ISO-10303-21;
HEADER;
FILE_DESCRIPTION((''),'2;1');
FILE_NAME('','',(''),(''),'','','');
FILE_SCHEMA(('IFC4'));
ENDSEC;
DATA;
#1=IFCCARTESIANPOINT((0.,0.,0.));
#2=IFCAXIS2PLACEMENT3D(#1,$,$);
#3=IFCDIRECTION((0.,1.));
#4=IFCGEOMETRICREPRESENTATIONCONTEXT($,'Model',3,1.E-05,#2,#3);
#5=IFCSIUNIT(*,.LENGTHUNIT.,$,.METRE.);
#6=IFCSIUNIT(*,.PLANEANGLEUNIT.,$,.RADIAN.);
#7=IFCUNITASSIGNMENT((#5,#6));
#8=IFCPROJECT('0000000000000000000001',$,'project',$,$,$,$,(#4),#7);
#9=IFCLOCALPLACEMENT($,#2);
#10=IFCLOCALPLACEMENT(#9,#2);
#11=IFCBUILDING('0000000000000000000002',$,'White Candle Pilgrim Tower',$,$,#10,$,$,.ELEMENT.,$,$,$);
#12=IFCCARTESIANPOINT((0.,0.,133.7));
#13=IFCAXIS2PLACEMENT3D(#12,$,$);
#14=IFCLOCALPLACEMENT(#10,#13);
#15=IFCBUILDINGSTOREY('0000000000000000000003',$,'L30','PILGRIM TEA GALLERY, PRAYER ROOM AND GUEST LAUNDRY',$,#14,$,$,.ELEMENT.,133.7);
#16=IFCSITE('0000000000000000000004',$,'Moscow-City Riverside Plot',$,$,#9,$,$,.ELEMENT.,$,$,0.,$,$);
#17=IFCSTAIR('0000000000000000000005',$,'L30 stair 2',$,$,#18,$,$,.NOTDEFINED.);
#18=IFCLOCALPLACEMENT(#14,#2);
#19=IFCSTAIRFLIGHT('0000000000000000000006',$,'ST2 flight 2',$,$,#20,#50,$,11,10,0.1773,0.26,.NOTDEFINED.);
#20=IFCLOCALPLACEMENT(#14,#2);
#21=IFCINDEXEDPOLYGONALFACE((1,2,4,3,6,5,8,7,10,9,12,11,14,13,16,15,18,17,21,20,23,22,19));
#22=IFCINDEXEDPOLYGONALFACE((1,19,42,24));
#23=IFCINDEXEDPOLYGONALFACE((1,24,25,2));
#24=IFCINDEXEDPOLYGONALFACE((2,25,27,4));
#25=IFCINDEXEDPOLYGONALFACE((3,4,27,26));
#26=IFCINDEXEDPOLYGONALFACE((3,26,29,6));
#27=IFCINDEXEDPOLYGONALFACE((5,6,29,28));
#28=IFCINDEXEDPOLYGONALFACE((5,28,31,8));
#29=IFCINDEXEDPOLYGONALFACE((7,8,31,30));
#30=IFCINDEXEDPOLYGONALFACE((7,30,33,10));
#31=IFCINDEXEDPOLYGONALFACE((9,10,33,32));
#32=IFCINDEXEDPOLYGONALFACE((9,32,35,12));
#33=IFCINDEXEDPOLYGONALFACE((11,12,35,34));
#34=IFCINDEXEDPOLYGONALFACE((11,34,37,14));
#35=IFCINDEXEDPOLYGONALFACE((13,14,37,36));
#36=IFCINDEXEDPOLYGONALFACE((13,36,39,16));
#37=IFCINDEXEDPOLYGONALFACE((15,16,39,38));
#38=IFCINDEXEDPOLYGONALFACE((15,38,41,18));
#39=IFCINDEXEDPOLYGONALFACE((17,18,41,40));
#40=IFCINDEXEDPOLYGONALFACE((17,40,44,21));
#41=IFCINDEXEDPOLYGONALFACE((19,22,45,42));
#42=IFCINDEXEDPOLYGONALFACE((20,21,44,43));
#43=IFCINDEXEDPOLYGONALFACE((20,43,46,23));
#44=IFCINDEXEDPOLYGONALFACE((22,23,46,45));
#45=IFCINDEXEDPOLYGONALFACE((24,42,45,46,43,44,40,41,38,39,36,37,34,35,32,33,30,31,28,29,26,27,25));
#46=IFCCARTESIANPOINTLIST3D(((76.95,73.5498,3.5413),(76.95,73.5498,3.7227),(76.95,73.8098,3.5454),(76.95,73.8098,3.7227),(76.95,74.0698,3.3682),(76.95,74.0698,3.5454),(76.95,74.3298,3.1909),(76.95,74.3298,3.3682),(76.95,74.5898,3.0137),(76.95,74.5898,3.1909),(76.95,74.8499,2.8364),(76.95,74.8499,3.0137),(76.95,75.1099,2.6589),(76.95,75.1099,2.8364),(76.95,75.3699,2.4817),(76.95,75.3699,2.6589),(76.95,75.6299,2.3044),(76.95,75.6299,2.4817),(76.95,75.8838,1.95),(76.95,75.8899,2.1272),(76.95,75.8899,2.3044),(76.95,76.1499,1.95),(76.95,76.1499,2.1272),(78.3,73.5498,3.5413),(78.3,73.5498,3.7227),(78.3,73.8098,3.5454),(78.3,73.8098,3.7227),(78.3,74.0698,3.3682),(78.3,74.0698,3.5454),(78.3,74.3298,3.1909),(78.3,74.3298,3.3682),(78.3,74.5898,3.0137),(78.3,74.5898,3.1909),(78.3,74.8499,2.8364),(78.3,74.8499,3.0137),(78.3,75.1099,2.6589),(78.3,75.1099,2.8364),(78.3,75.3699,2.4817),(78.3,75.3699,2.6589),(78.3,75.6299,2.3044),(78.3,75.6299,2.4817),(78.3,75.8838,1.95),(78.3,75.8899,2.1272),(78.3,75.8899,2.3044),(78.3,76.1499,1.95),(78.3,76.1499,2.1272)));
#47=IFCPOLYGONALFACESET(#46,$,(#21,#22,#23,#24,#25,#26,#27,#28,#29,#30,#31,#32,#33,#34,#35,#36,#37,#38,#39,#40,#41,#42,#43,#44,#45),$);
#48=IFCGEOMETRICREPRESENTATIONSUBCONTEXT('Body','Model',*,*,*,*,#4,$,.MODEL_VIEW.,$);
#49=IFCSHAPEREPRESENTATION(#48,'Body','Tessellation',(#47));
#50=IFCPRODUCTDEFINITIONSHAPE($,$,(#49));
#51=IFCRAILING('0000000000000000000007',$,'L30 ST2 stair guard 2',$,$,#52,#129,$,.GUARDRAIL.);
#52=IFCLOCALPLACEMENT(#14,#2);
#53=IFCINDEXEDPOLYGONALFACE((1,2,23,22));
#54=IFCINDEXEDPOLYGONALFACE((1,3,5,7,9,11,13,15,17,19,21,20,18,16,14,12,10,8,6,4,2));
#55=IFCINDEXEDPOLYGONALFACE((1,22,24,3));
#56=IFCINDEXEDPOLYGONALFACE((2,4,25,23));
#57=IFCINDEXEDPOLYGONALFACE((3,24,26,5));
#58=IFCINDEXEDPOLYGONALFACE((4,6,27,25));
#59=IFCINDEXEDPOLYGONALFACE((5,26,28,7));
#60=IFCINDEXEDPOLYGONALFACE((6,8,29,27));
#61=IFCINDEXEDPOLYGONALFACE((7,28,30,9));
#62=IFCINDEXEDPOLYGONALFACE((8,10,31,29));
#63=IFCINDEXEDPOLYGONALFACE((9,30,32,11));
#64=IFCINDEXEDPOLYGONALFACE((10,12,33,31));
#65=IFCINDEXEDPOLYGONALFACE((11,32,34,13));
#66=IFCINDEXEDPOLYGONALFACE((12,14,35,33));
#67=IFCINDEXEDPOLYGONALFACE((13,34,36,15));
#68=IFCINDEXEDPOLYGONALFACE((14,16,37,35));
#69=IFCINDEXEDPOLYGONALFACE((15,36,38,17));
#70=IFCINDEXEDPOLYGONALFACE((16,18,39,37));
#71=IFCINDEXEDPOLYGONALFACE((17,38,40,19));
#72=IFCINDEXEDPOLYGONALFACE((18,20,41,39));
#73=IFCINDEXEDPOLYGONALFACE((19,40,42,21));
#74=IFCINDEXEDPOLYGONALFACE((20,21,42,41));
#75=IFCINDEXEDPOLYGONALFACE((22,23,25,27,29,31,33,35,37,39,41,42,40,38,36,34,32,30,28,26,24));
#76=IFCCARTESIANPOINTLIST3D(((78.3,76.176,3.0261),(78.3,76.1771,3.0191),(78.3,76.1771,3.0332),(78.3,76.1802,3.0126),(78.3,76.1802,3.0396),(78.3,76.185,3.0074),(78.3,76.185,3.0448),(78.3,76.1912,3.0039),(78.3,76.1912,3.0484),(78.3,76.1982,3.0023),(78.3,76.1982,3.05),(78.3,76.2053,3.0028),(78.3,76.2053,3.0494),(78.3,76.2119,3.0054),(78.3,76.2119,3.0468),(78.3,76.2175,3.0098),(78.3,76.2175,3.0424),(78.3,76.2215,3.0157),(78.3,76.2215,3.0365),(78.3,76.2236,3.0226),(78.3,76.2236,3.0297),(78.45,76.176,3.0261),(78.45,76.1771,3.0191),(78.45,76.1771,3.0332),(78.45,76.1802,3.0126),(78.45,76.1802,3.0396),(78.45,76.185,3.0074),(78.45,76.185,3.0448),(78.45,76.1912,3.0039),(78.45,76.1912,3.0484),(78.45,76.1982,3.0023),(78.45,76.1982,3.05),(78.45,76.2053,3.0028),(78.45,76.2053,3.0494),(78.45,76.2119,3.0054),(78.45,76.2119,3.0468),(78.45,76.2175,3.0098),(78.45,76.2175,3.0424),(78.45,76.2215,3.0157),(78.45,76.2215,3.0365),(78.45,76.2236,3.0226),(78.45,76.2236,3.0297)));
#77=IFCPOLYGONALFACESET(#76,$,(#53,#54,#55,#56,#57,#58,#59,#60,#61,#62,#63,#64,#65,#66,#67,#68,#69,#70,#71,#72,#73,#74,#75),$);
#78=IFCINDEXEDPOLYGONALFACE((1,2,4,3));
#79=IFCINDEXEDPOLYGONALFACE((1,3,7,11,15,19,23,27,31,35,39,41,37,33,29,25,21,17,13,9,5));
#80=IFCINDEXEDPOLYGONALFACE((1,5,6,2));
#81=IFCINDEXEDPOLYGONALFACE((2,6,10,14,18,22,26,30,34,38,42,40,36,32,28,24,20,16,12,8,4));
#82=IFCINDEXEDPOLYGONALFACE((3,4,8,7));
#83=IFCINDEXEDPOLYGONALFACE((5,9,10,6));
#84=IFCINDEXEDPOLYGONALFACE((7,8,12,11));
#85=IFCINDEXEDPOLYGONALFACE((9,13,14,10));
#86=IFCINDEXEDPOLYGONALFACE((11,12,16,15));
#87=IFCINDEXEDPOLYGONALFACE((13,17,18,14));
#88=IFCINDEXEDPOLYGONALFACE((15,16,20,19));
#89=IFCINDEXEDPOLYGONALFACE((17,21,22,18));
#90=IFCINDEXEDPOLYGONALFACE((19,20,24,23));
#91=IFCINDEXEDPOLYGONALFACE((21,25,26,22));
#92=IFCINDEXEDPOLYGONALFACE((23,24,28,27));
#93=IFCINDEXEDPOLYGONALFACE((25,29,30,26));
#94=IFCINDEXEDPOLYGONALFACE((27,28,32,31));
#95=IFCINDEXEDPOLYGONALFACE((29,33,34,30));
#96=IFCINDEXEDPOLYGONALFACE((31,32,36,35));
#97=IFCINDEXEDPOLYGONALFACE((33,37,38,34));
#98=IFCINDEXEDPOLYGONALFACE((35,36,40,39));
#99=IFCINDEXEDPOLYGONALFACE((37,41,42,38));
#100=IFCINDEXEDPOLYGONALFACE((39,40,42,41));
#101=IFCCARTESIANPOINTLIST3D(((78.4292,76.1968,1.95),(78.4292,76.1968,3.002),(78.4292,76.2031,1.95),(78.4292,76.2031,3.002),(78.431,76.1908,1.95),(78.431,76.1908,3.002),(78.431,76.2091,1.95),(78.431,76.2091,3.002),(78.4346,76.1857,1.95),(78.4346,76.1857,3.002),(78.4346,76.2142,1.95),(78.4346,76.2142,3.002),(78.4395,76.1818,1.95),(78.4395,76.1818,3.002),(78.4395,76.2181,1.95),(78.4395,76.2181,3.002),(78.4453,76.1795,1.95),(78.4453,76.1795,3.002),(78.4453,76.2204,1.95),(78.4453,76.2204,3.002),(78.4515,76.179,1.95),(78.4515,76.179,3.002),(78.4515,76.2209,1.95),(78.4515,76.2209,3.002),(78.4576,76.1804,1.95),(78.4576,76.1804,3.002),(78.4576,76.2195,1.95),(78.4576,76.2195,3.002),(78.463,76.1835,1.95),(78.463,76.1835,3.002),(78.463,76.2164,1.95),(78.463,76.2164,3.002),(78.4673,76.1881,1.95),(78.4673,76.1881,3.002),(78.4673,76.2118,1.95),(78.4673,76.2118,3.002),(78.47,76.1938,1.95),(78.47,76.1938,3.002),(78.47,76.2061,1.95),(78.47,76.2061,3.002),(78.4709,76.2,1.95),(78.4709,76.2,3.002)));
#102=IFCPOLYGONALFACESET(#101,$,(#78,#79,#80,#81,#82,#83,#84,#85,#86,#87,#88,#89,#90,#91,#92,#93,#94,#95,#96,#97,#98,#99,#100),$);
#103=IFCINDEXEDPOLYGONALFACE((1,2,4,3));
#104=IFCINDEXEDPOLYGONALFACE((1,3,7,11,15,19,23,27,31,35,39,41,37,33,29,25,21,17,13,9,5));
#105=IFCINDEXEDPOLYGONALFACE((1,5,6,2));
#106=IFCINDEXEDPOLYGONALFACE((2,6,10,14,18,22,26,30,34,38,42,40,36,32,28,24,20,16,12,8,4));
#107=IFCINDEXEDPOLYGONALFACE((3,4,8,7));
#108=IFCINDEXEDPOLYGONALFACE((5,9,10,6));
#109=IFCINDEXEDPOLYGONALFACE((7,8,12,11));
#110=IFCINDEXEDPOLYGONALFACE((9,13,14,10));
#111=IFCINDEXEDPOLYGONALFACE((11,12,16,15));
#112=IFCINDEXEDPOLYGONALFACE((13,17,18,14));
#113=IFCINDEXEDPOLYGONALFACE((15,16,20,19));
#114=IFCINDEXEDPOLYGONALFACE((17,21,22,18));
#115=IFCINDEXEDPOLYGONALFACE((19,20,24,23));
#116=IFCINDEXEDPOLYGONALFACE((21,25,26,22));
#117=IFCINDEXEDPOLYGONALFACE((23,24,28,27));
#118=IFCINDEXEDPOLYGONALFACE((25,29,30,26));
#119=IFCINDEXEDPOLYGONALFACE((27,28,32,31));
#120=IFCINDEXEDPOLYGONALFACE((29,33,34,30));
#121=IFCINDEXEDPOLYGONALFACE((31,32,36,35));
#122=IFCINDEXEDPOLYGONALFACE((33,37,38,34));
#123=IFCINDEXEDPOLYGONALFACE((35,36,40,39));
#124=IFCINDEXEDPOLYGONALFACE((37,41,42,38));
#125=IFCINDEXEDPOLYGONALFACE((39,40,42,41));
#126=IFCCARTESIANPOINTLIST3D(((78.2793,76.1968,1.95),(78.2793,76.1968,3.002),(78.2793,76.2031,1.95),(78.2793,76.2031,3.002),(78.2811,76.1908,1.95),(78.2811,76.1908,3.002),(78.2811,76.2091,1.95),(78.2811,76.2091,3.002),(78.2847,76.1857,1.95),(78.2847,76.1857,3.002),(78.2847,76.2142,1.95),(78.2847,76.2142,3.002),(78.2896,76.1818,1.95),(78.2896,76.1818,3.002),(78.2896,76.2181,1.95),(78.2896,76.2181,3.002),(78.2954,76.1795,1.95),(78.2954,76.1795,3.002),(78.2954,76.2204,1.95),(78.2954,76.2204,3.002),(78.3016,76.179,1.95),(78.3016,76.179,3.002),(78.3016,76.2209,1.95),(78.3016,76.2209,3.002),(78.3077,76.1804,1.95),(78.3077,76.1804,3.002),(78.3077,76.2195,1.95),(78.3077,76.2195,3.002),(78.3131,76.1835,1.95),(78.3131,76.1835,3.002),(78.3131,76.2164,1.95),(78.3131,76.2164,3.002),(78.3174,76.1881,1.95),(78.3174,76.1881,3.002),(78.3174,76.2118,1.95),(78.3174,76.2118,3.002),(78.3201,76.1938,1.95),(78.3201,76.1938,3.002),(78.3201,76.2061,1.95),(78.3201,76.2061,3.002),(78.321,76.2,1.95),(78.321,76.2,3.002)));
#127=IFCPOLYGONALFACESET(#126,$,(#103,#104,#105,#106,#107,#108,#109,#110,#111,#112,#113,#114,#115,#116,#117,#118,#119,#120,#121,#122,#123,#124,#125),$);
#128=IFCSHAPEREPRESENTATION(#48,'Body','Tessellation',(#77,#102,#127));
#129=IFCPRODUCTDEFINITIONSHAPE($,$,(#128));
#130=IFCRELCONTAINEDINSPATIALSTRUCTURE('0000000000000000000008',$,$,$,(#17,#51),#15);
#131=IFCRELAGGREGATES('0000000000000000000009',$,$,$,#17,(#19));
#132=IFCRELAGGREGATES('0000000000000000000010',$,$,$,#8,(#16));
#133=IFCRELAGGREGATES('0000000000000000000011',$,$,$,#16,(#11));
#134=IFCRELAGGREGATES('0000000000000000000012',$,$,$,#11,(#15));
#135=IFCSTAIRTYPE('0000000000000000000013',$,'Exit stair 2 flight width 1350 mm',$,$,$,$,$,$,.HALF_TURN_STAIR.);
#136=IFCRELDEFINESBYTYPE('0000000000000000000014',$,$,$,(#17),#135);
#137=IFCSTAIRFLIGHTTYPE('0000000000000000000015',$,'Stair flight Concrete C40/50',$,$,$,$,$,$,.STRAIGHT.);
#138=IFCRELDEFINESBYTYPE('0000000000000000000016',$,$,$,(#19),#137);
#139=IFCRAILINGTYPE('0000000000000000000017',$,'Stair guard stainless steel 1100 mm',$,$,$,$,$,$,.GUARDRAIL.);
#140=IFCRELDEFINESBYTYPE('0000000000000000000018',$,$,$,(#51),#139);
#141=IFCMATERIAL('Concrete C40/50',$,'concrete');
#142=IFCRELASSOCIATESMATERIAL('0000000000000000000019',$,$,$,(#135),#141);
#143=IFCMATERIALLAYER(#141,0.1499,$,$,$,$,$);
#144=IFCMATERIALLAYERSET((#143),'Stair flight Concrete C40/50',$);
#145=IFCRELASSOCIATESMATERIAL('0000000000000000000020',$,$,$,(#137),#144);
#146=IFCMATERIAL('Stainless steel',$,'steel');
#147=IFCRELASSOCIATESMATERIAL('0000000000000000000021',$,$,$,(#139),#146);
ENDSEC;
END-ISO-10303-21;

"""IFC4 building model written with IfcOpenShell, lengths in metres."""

from ifc_helpers import new_model, si_unit, direction, frame, origin, origin_2d, place, context, subcontext, project, spatial, polyline, circle, outline, extrude, material, layer, layer_set, type_object, element, aggregate, save


model = new_model("IFC4")

# Units and contexts
model_context = context("Model", 3, precision=1e-05, world=origin(), true_north=direction((0.0, 1.0)))
body_context = subcontext(model_context, "Body", "Model", "MODEL_VIEW")
ifc_project = project(units=[si_unit("LENGTHUNIT", "METRE"), si_unit("PLANEANGLEUNIT", "RADIAN")], contexts=[model_context])

# Site, building, storey
site_placement = place(None, origin())
site = spatial("IfcSite", under=ifc_project, at=site_placement, Name="Moscow-City Riverside Plot", CompositionType="ELEMENT", RefElevation=0.0)
building_placement = place(site_placement, origin())
building = spatial("IfcBuilding", under=site, at=building_placement, Name="White Candle Pilgrim Tower", CompositionType="ELEMENT")
storey_placement = place(building_placement, frame((0.0, 0.0, 133.7)))
storey = spatial("IfcBuildingStorey", under=building, at=storey_placement, Name="L30", Description="PILGRIM TEA GALLERY, PRAYER ROOM AND GUEST LAUNDRY", CompositionType="ELEMENT", Elevation=133.7)

# Stair, stair flight
ifc_material_1 = material(Name="Concrete C40/50", Category="concrete")
stair_type = type_object("IfcStairType", Name="Exit stair 2 flight width 1350 mm", PredefinedType="HALF_TURN_STAIR", material=ifc_material_1)
stair_placement = place(storey_placement, origin())
stair = element("IfcStair", 1, at=stair_placement, inside=storey, type_object=stair_type, Name="L30 stair 2", PredefinedType="NOTDEFINED")
ifc_layer_1 = layer(ifc_material_1, 0.1499)
ifc_layer_set_1 = layer_set([ifc_layer_1], Name="Stair flight Concrete C40/50")
stair_flight_type = type_object("IfcStairFlightType", Name="Stair flight Concrete C40/50", PredefinedType="STRAIGHT", material=ifc_layer_set_1)
stair_flight_placement = place(storey_placement, frame((77.625, 76.1499, 1.95), z_axis=(0.0, 0.0, 1.0), x_axis=(0.0, -1.0, 0.0)))
stair_flight = element("IfcStairFlight", 2, at=stair_flight_placement, type_object=stair_flight_type, Name="ST2 flight 2", NumberOfRisers=11, NumberOfTreads=10, PredefinedType="NOTDEFINED", RiserHeight=0.1773, TreadLength=0.26, context=body_context, shape_type="SweptSolid", body=[
    extrude(outline(polyline([(0.0, 0.0), (0.0, 0.1772), (0.26, 0.1772), (0.26, 0.3545), (0.52, 0.3545), (0.52, 0.5317), (0.78, 0.5317), (0.78, 0.709), (1.04, 0.709), (1.04, 0.8865), (1.3, 0.8865), (1.3, 1.0637), (1.5601, 1.0637), (1.5601, 1.241), (1.8201, 1.241), (1.8201, 1.4182), (2.0801, 1.4182), (2.0801, 1.5955), (2.3401, 1.5955), (2.3401, 1.7727), (2.6001, 1.7727), (2.6001, 1.95), (2.6001, 1.5913), (0.2661, 0.0), (0.0, 0.0)])), frame((0.0, 0.675, 0.0), z_axis=(0.0, -1.0, 0.0), x_axis=(1.0, 0.0, 0.0)), (0.0, 0.0, 1.0), 1.3501),
])
aggregate(stair, [stair_flight])

# Railing
ifc_material_2 = material(Name="Stainless steel", Category="steel")
railing_type_1 = type_object("IfcRailingType", Name="Stair guard stainless steel 1100 mm", PredefinedType="GUARDRAIL", material=ifc_material_2)
railing_1_placement = place(storey_placement, frame((78.45, 76.2, 1.95)))
element("IfcRailing", 3, at=railing_1_placement, inside=storey, type_object=railing_type_1, Name="L30 ST2 stair guard 2", PredefinedType="GUARDRAIL", context=body_context, shape_type="SweptSolid", body=[
    extrude(circle(Radius=0.0239, at=origin_2d()), frame((0.0, 0.0, 1.0762), z_axis=(-1.0, 0.0, 0.0), x_axis=(0.0, -1.0, 0.0)), (0.0, 0.0, 1.0), 0.1499),
    extrude(circle(Radius=0.021, at=origin_2d()), origin(), (0.0, 0.0, 1.0), 1.052),
    extrude(circle(Radius=0.021, at=origin_2d()), frame((-0.1499, 0.0, 0.0)), (0.0, 0.0, 1.0), 1.052),
])

save(model, "model.ifc")
